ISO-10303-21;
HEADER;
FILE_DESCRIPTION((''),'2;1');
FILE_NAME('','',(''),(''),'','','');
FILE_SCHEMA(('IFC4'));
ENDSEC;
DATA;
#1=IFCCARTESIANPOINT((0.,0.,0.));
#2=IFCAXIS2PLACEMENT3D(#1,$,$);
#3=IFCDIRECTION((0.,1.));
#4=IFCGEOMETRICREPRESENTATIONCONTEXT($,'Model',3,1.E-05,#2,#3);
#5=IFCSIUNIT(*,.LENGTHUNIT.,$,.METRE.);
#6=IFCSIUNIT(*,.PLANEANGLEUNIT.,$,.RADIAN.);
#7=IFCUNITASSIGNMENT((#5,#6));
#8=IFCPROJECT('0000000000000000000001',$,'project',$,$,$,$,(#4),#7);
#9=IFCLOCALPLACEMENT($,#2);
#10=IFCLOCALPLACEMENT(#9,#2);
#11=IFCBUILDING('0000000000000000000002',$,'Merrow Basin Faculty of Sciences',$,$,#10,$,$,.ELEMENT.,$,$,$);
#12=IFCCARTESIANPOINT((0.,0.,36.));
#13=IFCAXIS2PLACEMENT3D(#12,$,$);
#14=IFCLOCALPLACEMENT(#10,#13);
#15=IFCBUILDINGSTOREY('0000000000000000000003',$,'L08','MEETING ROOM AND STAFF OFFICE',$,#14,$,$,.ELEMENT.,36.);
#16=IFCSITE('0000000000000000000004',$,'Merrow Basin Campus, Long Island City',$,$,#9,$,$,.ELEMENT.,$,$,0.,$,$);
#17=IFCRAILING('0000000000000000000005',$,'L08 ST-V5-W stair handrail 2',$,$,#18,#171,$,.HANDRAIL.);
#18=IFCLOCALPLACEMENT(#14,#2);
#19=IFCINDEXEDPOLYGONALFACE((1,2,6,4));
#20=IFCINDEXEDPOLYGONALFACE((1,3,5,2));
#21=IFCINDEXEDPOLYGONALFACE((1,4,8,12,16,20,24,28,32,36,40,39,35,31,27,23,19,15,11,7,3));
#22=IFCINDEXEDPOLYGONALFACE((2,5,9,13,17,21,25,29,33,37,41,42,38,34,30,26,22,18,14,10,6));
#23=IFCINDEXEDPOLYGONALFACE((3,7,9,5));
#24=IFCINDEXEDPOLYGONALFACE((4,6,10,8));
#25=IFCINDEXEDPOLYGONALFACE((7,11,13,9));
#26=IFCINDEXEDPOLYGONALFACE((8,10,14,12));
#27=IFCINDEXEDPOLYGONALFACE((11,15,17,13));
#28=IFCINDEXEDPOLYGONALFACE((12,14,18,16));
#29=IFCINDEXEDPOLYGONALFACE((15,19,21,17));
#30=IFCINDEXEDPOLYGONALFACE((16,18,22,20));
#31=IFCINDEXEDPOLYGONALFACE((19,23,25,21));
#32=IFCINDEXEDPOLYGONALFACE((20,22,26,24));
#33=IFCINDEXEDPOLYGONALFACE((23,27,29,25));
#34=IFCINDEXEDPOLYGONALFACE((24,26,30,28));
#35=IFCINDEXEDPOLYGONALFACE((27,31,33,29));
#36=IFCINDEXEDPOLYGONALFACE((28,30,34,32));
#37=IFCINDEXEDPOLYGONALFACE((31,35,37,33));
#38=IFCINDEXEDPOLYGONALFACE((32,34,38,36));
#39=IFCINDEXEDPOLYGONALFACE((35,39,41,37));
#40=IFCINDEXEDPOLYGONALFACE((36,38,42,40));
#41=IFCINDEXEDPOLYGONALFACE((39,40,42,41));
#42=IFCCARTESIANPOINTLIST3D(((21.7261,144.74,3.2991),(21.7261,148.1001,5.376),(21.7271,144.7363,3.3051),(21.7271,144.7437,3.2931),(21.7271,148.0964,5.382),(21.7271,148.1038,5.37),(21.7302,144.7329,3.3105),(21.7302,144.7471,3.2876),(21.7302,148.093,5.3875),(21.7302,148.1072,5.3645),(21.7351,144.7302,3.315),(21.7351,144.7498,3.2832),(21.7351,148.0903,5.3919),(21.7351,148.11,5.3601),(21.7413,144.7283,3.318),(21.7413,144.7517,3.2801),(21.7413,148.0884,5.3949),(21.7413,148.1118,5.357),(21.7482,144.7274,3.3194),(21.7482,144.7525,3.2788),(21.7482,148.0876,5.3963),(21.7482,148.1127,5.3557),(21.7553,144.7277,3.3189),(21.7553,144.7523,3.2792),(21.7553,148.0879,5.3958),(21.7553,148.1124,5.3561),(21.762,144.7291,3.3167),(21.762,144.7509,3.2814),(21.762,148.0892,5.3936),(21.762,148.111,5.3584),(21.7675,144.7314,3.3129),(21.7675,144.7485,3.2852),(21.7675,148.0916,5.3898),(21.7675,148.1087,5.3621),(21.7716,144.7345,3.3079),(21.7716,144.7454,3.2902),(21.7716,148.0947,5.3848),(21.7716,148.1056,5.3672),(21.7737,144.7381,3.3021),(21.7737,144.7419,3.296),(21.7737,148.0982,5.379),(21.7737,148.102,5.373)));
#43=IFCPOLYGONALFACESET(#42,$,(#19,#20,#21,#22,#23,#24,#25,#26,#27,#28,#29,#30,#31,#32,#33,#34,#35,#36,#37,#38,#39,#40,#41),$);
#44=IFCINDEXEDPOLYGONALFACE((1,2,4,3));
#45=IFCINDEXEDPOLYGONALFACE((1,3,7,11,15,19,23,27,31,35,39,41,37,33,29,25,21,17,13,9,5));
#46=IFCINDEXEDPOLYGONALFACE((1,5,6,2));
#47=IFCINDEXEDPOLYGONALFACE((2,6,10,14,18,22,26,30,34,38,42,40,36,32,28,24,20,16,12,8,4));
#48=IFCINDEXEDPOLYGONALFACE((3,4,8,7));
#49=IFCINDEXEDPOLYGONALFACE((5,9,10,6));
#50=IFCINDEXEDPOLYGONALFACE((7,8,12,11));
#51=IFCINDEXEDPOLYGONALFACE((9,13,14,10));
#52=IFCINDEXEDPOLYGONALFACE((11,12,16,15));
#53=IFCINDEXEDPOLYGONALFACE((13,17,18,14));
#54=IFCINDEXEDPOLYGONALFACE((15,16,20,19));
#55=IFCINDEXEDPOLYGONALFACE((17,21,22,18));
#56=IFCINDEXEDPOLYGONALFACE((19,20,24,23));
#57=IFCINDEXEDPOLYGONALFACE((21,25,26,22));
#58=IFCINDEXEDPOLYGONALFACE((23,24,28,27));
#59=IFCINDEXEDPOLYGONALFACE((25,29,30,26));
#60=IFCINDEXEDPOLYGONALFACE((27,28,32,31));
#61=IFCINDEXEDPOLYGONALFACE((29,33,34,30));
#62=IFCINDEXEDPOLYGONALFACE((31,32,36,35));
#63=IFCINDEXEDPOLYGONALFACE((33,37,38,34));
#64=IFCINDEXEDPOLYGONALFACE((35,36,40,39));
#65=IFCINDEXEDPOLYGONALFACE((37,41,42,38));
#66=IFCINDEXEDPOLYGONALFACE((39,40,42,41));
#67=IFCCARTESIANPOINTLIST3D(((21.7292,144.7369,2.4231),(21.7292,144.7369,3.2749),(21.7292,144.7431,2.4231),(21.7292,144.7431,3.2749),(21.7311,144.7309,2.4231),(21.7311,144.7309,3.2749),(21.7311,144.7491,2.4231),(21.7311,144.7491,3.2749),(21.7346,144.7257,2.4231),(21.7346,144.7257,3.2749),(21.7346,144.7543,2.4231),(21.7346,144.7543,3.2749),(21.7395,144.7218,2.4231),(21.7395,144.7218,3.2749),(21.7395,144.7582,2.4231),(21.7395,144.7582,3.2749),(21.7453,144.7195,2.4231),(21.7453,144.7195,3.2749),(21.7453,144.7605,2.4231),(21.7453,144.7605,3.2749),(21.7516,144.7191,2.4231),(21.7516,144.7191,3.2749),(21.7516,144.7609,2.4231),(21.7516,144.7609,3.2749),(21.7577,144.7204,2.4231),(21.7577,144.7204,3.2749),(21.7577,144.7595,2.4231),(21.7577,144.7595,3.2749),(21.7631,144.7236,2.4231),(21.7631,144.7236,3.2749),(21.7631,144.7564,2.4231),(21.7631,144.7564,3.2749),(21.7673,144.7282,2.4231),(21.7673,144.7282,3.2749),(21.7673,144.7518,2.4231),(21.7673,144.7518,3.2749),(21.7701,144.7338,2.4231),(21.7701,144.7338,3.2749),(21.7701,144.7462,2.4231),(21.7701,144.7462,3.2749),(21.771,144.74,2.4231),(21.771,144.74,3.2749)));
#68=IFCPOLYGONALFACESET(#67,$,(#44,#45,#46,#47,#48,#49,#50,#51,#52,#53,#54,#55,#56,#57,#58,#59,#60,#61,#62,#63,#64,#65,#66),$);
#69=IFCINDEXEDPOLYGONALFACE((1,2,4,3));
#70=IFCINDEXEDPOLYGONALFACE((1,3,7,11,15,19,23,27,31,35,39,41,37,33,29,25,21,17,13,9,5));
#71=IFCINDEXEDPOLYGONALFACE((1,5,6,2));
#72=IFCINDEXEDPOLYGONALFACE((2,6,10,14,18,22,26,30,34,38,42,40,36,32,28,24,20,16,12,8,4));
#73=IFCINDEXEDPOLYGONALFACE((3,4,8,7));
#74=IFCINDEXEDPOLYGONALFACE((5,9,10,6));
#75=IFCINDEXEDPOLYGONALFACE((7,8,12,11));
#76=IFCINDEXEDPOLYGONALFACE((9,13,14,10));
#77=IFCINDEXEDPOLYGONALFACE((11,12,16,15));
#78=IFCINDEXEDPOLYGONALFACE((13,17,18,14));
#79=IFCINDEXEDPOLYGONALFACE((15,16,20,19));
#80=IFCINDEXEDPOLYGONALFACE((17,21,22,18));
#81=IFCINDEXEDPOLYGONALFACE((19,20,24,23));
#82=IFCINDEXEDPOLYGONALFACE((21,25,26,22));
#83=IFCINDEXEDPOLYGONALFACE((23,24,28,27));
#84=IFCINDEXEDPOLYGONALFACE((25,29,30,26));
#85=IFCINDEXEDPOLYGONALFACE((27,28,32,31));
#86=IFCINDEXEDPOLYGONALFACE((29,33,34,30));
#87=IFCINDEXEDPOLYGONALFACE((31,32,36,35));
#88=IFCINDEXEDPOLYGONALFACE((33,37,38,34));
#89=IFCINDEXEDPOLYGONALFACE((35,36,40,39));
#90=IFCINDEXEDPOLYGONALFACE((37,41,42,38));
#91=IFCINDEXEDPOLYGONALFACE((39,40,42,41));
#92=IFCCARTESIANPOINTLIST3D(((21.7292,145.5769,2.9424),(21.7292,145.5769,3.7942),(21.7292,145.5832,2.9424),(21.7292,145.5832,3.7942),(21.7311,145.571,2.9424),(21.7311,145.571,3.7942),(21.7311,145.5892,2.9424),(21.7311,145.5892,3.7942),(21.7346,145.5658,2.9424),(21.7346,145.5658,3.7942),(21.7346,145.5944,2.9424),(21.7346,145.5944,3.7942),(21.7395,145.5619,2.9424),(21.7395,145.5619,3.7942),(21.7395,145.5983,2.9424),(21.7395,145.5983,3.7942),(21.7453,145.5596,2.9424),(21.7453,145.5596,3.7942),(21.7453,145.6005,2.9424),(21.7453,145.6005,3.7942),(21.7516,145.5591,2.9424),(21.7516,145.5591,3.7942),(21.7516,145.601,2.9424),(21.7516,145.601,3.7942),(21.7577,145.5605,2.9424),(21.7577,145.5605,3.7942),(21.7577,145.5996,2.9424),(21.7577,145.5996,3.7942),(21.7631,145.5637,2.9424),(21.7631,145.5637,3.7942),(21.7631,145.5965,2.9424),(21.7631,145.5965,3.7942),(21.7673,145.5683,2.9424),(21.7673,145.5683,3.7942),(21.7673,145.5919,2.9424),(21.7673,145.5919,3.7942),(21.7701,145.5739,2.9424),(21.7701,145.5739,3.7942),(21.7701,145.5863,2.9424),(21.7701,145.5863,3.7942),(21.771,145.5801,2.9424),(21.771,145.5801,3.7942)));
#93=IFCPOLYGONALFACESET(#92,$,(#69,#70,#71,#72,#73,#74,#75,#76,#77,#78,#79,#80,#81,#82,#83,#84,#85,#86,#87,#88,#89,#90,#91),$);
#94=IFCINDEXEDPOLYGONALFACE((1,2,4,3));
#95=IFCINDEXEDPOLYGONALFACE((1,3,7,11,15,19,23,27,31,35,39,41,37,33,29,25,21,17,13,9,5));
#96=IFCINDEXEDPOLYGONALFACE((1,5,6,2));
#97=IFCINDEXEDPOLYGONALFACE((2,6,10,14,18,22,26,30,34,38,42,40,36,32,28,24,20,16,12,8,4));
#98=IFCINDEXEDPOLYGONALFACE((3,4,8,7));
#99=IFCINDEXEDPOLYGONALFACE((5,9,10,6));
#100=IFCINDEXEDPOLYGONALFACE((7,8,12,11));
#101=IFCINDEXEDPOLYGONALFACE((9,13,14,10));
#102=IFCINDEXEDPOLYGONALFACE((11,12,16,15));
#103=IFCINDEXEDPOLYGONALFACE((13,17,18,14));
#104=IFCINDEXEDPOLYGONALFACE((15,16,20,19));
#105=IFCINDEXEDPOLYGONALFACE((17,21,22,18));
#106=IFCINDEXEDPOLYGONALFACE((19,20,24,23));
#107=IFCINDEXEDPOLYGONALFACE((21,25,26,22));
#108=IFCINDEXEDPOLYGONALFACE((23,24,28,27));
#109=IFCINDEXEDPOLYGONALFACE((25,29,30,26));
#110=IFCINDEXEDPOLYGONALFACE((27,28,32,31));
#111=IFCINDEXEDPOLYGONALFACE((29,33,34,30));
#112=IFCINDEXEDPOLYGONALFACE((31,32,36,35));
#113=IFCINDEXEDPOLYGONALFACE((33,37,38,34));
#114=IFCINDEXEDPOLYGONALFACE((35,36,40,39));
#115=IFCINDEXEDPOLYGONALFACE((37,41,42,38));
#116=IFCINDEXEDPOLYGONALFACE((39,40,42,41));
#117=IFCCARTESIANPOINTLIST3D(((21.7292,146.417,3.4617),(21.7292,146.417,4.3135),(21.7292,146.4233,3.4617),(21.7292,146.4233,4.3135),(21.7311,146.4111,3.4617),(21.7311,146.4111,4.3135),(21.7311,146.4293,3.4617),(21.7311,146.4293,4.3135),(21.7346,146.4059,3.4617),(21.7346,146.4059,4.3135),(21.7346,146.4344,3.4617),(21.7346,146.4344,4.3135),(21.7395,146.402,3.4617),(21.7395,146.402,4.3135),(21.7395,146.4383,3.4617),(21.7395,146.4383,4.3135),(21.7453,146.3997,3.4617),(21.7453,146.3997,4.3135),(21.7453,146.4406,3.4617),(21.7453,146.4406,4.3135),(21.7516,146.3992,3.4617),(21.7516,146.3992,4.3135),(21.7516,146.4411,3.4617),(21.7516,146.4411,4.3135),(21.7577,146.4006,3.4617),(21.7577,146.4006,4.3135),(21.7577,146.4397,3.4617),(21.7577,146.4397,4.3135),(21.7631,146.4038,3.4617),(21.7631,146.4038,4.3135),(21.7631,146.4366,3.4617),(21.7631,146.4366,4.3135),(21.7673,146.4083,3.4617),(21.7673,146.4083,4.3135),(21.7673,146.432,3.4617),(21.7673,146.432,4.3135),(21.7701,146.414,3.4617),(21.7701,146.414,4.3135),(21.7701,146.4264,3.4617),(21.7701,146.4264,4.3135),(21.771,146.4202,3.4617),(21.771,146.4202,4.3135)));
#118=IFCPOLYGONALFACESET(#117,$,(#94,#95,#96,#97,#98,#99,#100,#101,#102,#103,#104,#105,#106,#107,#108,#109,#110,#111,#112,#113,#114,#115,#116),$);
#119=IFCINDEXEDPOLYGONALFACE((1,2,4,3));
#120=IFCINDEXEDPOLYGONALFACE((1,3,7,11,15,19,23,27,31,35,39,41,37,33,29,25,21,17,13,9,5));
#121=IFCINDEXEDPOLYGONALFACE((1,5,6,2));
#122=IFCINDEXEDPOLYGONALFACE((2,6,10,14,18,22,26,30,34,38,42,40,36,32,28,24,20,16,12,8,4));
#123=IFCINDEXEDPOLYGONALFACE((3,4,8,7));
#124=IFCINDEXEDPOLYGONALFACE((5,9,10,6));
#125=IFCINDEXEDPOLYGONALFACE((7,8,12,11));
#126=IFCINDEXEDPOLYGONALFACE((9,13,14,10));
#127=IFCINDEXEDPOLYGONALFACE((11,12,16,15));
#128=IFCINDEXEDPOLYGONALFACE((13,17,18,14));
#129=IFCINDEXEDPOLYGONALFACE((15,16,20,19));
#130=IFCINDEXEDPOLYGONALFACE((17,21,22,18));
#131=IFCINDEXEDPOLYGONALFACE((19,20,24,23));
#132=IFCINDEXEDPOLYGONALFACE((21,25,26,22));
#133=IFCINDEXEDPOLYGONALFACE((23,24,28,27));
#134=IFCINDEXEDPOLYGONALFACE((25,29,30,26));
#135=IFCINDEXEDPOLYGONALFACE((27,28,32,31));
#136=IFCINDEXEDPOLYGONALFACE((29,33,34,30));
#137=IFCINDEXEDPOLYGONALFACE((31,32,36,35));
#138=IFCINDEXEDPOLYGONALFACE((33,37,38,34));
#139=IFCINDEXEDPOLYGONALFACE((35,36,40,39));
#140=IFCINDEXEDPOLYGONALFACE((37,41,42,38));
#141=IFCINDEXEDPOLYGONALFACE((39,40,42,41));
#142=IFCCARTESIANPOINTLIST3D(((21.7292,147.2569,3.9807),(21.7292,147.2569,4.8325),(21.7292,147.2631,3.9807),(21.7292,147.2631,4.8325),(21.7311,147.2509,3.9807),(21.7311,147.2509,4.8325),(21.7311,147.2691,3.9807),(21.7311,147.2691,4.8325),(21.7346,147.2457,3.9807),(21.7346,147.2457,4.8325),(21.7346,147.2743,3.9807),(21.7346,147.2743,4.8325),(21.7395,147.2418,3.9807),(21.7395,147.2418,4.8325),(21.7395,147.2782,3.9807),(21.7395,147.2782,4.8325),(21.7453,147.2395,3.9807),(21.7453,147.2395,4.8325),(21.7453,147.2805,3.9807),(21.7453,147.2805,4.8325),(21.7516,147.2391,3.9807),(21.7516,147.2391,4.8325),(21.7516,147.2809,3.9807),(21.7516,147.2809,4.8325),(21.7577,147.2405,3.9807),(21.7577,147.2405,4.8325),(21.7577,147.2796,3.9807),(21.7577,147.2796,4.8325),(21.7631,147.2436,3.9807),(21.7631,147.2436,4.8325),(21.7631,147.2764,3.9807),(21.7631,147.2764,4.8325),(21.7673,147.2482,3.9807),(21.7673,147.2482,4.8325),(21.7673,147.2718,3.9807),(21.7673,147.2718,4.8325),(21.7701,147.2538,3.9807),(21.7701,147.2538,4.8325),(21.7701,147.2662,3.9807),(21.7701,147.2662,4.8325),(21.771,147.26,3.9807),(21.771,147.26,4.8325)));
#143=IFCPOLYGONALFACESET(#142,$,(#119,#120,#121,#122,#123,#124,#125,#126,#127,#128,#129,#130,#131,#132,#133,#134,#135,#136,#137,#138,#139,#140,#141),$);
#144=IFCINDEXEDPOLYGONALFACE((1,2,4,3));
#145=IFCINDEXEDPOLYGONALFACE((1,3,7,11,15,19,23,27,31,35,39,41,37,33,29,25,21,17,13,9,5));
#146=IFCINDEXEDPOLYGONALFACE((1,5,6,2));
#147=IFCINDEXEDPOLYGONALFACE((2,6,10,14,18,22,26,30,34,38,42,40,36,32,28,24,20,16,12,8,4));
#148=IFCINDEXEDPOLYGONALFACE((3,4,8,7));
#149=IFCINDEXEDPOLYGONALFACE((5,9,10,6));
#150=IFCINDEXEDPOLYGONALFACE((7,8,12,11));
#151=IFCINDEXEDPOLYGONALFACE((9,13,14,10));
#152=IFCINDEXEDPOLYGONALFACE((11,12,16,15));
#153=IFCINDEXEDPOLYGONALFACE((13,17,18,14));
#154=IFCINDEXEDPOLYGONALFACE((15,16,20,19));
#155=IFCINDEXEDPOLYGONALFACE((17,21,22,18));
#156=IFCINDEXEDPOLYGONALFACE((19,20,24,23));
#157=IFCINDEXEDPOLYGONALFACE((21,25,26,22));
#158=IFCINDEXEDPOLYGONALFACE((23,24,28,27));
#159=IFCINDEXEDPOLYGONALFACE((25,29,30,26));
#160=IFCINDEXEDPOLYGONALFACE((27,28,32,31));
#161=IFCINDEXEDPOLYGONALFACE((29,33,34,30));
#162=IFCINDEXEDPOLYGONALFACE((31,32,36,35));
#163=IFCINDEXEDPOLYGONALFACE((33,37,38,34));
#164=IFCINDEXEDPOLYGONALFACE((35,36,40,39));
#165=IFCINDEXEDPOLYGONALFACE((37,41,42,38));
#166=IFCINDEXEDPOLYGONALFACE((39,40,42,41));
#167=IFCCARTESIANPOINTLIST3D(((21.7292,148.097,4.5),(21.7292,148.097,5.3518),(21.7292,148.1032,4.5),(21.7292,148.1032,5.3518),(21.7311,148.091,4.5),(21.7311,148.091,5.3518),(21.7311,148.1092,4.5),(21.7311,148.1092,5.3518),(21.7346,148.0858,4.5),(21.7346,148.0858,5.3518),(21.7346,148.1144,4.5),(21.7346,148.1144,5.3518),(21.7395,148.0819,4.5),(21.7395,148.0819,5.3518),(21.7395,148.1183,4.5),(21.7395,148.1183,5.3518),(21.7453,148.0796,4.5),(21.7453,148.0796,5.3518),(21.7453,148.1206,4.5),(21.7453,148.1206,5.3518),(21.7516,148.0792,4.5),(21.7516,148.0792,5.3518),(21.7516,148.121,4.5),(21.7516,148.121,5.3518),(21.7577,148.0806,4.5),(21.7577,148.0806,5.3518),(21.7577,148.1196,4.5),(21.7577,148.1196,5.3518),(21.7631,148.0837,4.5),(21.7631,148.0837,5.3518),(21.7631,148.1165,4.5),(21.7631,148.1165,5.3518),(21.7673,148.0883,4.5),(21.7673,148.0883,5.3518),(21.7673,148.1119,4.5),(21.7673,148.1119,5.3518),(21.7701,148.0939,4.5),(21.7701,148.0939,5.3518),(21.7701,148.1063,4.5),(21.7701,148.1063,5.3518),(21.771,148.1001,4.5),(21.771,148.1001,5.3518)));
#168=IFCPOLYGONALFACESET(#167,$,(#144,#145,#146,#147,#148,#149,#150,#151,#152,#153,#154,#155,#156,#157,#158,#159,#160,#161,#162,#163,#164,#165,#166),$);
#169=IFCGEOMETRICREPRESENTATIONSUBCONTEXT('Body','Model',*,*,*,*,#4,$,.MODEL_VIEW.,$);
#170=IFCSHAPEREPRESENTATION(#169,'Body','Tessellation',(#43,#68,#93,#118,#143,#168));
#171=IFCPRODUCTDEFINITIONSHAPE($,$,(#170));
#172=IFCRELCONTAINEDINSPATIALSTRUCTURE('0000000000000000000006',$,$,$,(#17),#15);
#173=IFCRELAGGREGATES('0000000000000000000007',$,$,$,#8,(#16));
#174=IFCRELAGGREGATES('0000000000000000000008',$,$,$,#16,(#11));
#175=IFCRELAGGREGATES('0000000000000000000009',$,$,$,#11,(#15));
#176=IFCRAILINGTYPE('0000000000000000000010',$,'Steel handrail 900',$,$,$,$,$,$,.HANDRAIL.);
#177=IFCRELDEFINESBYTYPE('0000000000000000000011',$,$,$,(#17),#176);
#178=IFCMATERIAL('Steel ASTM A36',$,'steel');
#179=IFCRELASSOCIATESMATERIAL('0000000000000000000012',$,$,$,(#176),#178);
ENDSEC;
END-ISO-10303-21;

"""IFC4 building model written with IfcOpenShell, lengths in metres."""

from ifc_helpers import new_model, si_unit, direction, frame, origin, origin_2d, place, context, subcontext, project, spatial, circle, extrude, material, type_object, element, save


model = new_model("IFC4")

# Units and contexts
model_context = context("Model", 3, precision=1e-05, world=origin(), true_north=direction((0.0, 1.0)))
body_context = subcontext(model_context, "Body", "Model", "MODEL_VIEW")
ifc_project = project(units=[si_unit("LENGTHUNIT", "METRE"), si_unit("PLANEANGLEUNIT", "RADIAN")], contexts=[model_context])

# Site, building, storey
site_placement = place(None, origin())
site = spatial("IfcSite", under=ifc_project, at=site_placement, Name="Merrow Basin Campus, Long Island City", CompositionType="ELEMENT", RefElevation=0.0)
building_placement = place(site_placement, origin())
building = spatial("IfcBuilding", under=site, at=building_placement, Name="Merrow Basin Faculty of Sciences", CompositionType="ELEMENT")
storey_placement = place(building_placement, frame((0.0, 0.0, 36.0)))
storey = spatial("IfcBuildingStorey", under=building, at=storey_placement, Name="L08", Description="MEETING ROOM AND STAFF OFFICE", CompositionType="ELEMENT", Elevation=36.0)

# Railing
ifc_material_1 = material(Name="Steel ASTM A36", Category="steel")
railing_type_1 = type_object("IfcRailingType", Name="Steel handrail 900", PredefinedType="HANDRAIL", material=ifc_material_1)
railing_1_placement = place(storey_placement, frame((21.75, 144.74, 2.4231)))
element("IfcRailing", 1, at=railing_1_placement, inside=storey, type_object=railing_type_1, Name="L08 ST-V5-W stair handrail 2", PredefinedType="HANDRAIL", context=body_context, shape_type="SweptSolid", body=[
    extrude(circle(Radius=0.0239, at=origin_2d()), frame((0.0, 0.0, 0.876), z_axis=(0.0, 0.850623, 0.525776), x_axis=(-1.0, 0.0, 0.0)), (0.0, 0.0, 1.0), 3.9502),
    extrude(circle(Radius=0.021, at=origin_2d()), origin(), (0.0, 0.0, 1.0), 0.8518),
    extrude(circle(Radius=0.021, at=origin_2d()), frame((0.0, 0.8401, 0.5193)), (0.0, 0.0, 1.0), 0.8518),
    extrude(circle(Radius=0.021, at=origin_2d()), frame((0.0, 1.6802, 1.0386)), (0.0, 0.0, 1.0), 0.8518),
    extrude(circle(Radius=0.021, at=origin_2d()), frame((0.0, 2.52, 1.5576)), (0.0, 0.0, 1.0), 0.8518),
    extrude(circle(Radius=0.021, at=origin_2d()), frame((0.0, 3.3601, 2.0769)), (0.0, 0.0, 1.0), 0.8518),
])

save(model, "model.ifc")
